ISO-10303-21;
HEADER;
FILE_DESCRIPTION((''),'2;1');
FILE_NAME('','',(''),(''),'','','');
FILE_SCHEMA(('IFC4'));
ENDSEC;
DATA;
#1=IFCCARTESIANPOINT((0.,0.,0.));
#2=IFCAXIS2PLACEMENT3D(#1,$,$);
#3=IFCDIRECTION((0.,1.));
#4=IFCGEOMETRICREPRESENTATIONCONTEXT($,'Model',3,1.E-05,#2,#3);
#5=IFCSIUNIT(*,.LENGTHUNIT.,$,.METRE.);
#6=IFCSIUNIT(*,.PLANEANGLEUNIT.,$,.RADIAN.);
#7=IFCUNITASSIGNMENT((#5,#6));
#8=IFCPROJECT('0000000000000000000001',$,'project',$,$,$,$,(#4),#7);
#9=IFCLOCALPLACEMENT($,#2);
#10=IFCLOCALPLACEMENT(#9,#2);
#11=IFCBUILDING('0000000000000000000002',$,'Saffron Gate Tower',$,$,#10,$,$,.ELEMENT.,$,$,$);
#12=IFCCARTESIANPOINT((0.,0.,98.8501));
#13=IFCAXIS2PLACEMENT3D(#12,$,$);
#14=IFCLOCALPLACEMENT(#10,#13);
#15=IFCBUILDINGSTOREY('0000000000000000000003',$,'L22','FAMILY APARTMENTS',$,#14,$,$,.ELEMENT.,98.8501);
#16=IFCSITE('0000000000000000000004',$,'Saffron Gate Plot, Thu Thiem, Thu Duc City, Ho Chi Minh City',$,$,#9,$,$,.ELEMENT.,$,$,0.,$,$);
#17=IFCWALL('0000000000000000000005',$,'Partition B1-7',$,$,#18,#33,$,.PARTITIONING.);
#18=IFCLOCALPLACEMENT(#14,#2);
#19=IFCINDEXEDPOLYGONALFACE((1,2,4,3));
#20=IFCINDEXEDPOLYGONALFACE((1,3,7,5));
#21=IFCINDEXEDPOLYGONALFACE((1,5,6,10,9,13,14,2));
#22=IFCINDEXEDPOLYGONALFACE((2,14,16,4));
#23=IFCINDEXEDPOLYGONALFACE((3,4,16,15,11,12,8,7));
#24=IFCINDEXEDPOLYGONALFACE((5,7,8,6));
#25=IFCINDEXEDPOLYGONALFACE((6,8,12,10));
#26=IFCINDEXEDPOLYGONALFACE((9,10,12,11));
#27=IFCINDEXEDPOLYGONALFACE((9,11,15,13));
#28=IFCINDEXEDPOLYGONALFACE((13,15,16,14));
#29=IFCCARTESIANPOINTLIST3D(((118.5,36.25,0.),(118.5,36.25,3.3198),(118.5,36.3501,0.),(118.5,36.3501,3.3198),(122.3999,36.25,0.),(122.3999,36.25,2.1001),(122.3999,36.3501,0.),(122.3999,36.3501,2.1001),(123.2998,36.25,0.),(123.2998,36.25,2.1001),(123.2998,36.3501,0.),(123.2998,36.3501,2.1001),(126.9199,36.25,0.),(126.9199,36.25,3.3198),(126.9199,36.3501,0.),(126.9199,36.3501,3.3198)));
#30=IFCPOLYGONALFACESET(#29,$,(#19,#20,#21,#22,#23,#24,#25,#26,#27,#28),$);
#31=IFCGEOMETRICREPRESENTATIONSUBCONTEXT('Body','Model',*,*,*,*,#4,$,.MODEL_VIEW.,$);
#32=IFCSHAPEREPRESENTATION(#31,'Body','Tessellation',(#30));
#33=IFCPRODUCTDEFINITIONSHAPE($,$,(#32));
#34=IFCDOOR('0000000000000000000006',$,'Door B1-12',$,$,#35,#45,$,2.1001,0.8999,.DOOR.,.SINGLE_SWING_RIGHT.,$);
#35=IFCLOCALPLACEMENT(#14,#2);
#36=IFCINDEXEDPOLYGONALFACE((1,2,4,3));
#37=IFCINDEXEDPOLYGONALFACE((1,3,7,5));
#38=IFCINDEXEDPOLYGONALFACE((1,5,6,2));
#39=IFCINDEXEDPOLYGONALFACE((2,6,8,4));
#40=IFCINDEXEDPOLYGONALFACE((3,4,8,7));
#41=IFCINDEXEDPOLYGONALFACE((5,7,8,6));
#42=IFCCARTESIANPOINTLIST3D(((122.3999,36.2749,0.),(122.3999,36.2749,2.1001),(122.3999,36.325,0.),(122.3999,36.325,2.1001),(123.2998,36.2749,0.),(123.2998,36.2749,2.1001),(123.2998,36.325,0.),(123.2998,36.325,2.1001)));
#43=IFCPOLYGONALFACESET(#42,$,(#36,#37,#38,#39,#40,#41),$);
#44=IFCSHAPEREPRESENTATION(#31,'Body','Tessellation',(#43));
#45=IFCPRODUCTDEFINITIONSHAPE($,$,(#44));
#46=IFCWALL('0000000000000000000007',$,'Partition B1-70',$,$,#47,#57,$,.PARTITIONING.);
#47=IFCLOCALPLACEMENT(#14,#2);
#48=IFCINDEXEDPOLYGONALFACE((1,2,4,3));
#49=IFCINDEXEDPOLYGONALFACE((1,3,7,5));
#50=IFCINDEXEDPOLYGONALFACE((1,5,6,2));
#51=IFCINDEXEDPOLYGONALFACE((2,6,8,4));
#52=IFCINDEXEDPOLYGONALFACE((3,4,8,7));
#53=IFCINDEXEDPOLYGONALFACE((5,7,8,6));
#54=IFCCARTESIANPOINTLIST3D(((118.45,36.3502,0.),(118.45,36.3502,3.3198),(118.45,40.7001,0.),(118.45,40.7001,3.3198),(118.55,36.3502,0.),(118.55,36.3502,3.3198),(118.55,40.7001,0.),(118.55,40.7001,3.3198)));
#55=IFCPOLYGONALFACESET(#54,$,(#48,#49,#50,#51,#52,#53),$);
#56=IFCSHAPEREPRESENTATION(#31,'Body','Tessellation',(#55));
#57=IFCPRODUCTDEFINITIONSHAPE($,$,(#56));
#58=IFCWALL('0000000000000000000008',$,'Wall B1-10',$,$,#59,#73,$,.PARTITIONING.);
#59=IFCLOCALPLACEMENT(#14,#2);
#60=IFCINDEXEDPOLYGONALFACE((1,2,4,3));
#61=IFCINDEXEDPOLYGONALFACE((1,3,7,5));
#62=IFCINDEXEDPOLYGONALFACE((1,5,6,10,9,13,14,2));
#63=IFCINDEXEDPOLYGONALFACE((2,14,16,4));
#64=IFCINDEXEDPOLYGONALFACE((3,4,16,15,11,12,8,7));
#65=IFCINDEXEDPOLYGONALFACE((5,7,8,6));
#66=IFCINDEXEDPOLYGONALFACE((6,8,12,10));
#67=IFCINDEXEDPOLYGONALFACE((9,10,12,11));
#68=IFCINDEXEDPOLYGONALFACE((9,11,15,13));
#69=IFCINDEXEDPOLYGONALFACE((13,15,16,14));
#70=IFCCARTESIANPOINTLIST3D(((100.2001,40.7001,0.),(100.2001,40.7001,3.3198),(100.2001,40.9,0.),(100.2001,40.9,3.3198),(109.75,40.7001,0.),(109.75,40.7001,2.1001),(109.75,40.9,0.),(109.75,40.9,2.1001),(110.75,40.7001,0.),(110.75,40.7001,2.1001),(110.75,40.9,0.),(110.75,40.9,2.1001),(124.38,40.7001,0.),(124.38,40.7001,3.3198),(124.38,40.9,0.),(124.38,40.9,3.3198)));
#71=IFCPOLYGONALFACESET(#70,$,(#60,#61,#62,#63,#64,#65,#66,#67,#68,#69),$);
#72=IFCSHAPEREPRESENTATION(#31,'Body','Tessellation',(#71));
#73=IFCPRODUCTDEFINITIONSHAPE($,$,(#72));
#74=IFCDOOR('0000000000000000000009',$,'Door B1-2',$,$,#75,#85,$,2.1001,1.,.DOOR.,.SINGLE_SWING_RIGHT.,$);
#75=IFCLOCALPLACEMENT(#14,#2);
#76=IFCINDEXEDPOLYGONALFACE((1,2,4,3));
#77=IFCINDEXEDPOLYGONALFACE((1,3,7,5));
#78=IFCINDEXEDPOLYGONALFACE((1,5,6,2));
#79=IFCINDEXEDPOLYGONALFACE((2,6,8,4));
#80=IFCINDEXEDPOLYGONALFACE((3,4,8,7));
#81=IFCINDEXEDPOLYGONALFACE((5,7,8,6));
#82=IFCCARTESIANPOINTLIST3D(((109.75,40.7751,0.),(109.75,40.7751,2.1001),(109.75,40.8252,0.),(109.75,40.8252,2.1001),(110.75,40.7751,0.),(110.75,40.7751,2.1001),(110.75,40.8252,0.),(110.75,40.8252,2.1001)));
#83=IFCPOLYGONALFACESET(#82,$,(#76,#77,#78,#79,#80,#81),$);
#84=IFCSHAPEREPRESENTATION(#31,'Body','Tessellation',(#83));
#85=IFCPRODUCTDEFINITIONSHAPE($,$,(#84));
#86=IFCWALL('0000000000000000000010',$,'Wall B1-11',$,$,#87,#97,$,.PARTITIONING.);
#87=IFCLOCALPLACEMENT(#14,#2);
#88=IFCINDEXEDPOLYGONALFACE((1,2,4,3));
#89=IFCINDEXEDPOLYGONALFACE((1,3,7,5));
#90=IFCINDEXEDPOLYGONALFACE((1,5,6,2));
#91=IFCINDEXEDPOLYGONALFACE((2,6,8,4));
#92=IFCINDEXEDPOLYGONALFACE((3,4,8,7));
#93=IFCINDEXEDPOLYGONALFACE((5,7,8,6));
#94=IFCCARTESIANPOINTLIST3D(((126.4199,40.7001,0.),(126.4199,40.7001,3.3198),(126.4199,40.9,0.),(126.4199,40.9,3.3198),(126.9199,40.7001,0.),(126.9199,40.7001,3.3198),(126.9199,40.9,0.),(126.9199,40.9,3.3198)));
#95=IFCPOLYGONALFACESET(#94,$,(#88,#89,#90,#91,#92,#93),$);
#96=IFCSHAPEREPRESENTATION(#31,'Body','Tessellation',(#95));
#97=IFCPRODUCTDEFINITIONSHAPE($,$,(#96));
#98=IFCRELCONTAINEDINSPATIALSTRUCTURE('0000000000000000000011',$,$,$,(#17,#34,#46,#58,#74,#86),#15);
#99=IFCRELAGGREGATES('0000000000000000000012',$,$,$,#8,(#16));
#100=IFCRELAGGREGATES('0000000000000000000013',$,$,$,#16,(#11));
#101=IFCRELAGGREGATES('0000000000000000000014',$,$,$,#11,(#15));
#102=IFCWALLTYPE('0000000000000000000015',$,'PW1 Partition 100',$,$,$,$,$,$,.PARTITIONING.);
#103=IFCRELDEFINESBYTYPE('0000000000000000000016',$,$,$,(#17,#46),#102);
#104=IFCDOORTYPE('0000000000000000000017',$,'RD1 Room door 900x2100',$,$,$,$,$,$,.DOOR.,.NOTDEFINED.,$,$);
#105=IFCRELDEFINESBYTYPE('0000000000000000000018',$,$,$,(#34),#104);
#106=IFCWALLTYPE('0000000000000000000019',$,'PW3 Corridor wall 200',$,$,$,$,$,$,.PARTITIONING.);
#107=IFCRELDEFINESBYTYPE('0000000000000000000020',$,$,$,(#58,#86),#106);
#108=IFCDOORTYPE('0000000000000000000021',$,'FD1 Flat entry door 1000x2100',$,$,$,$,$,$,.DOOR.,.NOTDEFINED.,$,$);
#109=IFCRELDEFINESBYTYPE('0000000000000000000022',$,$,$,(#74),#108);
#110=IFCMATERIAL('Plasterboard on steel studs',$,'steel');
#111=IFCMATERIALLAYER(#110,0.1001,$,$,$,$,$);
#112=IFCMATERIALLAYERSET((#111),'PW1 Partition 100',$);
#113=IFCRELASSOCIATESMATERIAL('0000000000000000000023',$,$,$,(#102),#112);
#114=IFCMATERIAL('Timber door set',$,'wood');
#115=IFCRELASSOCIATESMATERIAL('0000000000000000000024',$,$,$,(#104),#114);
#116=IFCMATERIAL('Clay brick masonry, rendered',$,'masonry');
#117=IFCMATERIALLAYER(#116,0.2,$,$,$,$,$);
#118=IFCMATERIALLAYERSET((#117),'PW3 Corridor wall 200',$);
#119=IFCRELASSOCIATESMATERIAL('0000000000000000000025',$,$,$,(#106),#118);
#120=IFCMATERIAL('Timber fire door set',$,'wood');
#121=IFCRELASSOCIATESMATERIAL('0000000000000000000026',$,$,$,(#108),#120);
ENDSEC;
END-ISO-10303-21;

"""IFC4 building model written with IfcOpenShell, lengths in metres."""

from ifc_helpers import new_model, si_unit, direction, frame, frame_2d, origin, place, context, subcontext, project, spatial, rectangle, extrude, material, layer, layer_set, type_object, element, fill, save


model = new_model("IFC4")

# Units and contexts
model_context = context("Model", 3, precision=1e-05, world=origin(), true_north=direction((0.0, 1.0)))
body_context = subcontext(model_context, "Body", "Model", "MODEL_VIEW")
ifc_project = project(units=[si_unit("LENGTHUNIT", "METRE"), si_unit("PLANEANGLEUNIT", "RADIAN")], contexts=[model_context])

# Site, building, storey
site_placement = place(None, origin())
site = spatial("IfcSite", under=ifc_project, at=site_placement, Name="Saffron Gate Plot, Thu Thiem, Thu Duc City, Ho Chi Minh City", CompositionType="ELEMENT", RefElevation=0.0)
building_placement = place(site_placement, origin())
building = spatial("IfcBuilding", under=site, at=building_placement, Name="Saffron Gate Tower", CompositionType="ELEMENT")
storey_placement = place(building_placement, frame((0.0, 0.0, 98.8501)))
storey = spatial("IfcBuildingStorey", under=building, at=storey_placement, Name="L22", Description="FAMILY APARTMENTS", CompositionType="ELEMENT", Elevation=98.8501)

# Wall, opening, door
ifc_material_1 = material(Name="Plasterboard on steel studs", Category="steel")
ifc_layer_1 = layer(ifc_material_1, 0.1001)
ifc_layer_set_1 = layer_set([ifc_layer_1], Name="PW1 Partition 100")
wall_type_1 = type_object("IfcWallType", Name="PW1 Partition 100", PredefinedType="PARTITIONING", material=ifc_layer_set_1)
wall_1_placement = place(storey_placement, frame((118.5, 36.3, 0.0), z_axis=(0.0, 0.0, 1.0), x_axis=(1.0, 0.0, 0.0)))
wall_1 = element("IfcWall", 1, at=wall_1_placement, inside=storey, type_object=wall_type_1, Name="Partition B1-7", PredefinedType="PARTITIONING", context=body_context, shape_type="SweptSolid", body=[
    extrude(rectangle(XDim=8.4199, YDim=0.1001, at=frame_2d((4.21, 0.0))), origin(), (0.0, 0.0, 1.0), 3.3198),
])
opening_1_placement = place(wall_1_placement, frame((3.8999, 0.0, 0.0)))
opening_1 = element("IfcOpeningElement", 2, at=opening_1_placement, cuts=wall_1, PredefinedType="OPENING", context=body_context, shape_type="SweptSolid", body=[
    extrude(rectangle(XDim=0.8999, YDim=2.1001, at=frame_2d((0.45, 1.05))), frame((0.0, 0.0601, 0.0), z_axis=(0.0, -1.0, 0.0), x_axis=(1.0, 0.0, 0.0)), (0.0, 0.0, 1.0), 0.1201),
])
ifc_material_2 = material(Name="Timber door set", Category="wood")
door_type_1 = type_object("IfcDoorType", Name="RD1 Room door 900x2100", OperationType="NOTDEFINED", PredefinedType="DOOR", material=ifc_material_2)
door_1_placement = place(opening_1_placement, origin())
door_1 = element("IfcDoor", 3, at=door_1_placement, inside=storey, type_object=door_type_1, Name="Door B1-12", OperationType="SINGLE_SWING_RIGHT", OverallHeight=2.1001, OverallWidth=0.8999, PredefinedType="DOOR", context=body_context, shape_type="SweptSolid", body=[
    extrude(rectangle(XDim=0.8999, YDim=2.1001, at=frame_2d((0.45, 1.05))), frame((0.0, 0.0249, 0.0), z_axis=(0.0, -1.0, 0.0), x_axis=(1.0, 0.0, 0.0)), (0.0, 0.0, 1.0), 0.05),
])
fill(opening_1, door_1)

# Wall
wall_2_placement = place(storey_placement, frame((118.5, 40.7, 0.0), z_axis=(0.0, 0.0, 1.0), x_axis=(0.0, -1.0, 0.0)))
element("IfcWall", 4, at=wall_2_placement, inside=storey, type_object=wall_type_1, Name="Partition B1-70", PredefinedType="PARTITIONING", context=body_context, shape_type="SweptSolid", body=[
    extrude(rectangle(XDim=4.3499, YDim=0.1001, at=frame_2d((2.1748, 0.0))), origin(), (0.0, 0.0, 1.0), 3.3198),
])

# Wall, opening, door
ifc_material_3 = material(Name="Clay brick masonry, rendered", Category="masonry")
ifc_layer_2 = layer(ifc_material_3, 0.2)
ifc_layer_set_2 = layer_set([ifc_layer_2], Name="PW3 Corridor wall 200")
wall_type_2 = type_object("IfcWallType", Name="PW3 Corridor wall 200", PredefinedType="PARTITIONING", material=ifc_layer_set_2)
wall_3_placement = place(storey_placement, frame((124.3799, 40.8, 0.0), z_axis=(0.0, 0.0, 1.0), x_axis=(-1.0, 0.0, 0.0)))
wall_3 = element("IfcWall", 5, at=wall_3_placement, inside=storey, type_object=wall_type_2, Name="Wall B1-10", PredefinedType="PARTITIONING", context=body_context, shape_type="SweptSolid", body=[
    extrude(rectangle(XDim=24.1799, YDim=0.2, at=frame_2d((12.0898, 0.0))), origin(), (0.0, 0.0, 1.0), 3.3198),
])
opening_2_placement = place(wall_3_placement, frame((13.6299, 0.0, 0.0)))
opening_2 = element("IfcOpeningElement", 6, at=opening_2_placement, cuts=wall_3, PredefinedType="OPENING", context=body_context, shape_type="SweptSolid", body=[
    extrude(rectangle(XDim=1.0, YDim=2.1001, at=frame_2d((0.5, 1.05))), frame((0.0, 0.1099, 0.0), z_axis=(0.0, -1.0, 0.0), x_axis=(1.0, 0.0, 0.0)), (0.0, 0.0, 1.0), 0.22),
])
ifc_material_4 = material(Name="Timber fire door set", Category="wood")
door_type_2 = type_object("IfcDoorType", Name="FD1 Flat entry door 1000x2100", OperationType="NOTDEFINED", PredefinedType="DOOR", material=ifc_material_4)
door_2_placement = place(opening_2_placement, origin())
door_2 = element("IfcDoor", 7, at=door_2_placement, inside=storey, type_object=door_type_2, Name="Door B1-2", OperationType="SINGLE_SWING_RIGHT", OverallHeight=2.1001, OverallWidth=1.0, PredefinedType="DOOR", context=body_context, shape_type="SweptSolid", body=[
    extrude(rectangle(XDim=1.0, YDim=2.1001, at=frame_2d((0.5, 1.05))), frame((0.0, 0.0249, 0.0), z_axis=(0.0, -1.0, 0.0), x_axis=(1.0, 0.0, 0.0)), (0.0, 0.0, 1.0), 0.05),
])
fill(opening_2, door_2)

# Wall
wall_4_placement = place(storey_placement, frame((126.4199, 40.8, 0.0), z_axis=(0.0, 0.0, 1.0), x_axis=(1.0, 0.0, 0.0)))
element("IfcWall", 8, at=wall_4_placement, inside=storey, type_object=wall_type_2, Name="Wall B1-11", PredefinedType="PARTITIONING", context=body_context, shape_type="SweptSolid", body=[
    extrude(rectangle(XDim=0.5, YDim=0.2, at=frame_2d((0.25, 0.0))), origin(), (0.0, 0.0, 1.0), 3.3198),
])

save(model, "model.ifc")
